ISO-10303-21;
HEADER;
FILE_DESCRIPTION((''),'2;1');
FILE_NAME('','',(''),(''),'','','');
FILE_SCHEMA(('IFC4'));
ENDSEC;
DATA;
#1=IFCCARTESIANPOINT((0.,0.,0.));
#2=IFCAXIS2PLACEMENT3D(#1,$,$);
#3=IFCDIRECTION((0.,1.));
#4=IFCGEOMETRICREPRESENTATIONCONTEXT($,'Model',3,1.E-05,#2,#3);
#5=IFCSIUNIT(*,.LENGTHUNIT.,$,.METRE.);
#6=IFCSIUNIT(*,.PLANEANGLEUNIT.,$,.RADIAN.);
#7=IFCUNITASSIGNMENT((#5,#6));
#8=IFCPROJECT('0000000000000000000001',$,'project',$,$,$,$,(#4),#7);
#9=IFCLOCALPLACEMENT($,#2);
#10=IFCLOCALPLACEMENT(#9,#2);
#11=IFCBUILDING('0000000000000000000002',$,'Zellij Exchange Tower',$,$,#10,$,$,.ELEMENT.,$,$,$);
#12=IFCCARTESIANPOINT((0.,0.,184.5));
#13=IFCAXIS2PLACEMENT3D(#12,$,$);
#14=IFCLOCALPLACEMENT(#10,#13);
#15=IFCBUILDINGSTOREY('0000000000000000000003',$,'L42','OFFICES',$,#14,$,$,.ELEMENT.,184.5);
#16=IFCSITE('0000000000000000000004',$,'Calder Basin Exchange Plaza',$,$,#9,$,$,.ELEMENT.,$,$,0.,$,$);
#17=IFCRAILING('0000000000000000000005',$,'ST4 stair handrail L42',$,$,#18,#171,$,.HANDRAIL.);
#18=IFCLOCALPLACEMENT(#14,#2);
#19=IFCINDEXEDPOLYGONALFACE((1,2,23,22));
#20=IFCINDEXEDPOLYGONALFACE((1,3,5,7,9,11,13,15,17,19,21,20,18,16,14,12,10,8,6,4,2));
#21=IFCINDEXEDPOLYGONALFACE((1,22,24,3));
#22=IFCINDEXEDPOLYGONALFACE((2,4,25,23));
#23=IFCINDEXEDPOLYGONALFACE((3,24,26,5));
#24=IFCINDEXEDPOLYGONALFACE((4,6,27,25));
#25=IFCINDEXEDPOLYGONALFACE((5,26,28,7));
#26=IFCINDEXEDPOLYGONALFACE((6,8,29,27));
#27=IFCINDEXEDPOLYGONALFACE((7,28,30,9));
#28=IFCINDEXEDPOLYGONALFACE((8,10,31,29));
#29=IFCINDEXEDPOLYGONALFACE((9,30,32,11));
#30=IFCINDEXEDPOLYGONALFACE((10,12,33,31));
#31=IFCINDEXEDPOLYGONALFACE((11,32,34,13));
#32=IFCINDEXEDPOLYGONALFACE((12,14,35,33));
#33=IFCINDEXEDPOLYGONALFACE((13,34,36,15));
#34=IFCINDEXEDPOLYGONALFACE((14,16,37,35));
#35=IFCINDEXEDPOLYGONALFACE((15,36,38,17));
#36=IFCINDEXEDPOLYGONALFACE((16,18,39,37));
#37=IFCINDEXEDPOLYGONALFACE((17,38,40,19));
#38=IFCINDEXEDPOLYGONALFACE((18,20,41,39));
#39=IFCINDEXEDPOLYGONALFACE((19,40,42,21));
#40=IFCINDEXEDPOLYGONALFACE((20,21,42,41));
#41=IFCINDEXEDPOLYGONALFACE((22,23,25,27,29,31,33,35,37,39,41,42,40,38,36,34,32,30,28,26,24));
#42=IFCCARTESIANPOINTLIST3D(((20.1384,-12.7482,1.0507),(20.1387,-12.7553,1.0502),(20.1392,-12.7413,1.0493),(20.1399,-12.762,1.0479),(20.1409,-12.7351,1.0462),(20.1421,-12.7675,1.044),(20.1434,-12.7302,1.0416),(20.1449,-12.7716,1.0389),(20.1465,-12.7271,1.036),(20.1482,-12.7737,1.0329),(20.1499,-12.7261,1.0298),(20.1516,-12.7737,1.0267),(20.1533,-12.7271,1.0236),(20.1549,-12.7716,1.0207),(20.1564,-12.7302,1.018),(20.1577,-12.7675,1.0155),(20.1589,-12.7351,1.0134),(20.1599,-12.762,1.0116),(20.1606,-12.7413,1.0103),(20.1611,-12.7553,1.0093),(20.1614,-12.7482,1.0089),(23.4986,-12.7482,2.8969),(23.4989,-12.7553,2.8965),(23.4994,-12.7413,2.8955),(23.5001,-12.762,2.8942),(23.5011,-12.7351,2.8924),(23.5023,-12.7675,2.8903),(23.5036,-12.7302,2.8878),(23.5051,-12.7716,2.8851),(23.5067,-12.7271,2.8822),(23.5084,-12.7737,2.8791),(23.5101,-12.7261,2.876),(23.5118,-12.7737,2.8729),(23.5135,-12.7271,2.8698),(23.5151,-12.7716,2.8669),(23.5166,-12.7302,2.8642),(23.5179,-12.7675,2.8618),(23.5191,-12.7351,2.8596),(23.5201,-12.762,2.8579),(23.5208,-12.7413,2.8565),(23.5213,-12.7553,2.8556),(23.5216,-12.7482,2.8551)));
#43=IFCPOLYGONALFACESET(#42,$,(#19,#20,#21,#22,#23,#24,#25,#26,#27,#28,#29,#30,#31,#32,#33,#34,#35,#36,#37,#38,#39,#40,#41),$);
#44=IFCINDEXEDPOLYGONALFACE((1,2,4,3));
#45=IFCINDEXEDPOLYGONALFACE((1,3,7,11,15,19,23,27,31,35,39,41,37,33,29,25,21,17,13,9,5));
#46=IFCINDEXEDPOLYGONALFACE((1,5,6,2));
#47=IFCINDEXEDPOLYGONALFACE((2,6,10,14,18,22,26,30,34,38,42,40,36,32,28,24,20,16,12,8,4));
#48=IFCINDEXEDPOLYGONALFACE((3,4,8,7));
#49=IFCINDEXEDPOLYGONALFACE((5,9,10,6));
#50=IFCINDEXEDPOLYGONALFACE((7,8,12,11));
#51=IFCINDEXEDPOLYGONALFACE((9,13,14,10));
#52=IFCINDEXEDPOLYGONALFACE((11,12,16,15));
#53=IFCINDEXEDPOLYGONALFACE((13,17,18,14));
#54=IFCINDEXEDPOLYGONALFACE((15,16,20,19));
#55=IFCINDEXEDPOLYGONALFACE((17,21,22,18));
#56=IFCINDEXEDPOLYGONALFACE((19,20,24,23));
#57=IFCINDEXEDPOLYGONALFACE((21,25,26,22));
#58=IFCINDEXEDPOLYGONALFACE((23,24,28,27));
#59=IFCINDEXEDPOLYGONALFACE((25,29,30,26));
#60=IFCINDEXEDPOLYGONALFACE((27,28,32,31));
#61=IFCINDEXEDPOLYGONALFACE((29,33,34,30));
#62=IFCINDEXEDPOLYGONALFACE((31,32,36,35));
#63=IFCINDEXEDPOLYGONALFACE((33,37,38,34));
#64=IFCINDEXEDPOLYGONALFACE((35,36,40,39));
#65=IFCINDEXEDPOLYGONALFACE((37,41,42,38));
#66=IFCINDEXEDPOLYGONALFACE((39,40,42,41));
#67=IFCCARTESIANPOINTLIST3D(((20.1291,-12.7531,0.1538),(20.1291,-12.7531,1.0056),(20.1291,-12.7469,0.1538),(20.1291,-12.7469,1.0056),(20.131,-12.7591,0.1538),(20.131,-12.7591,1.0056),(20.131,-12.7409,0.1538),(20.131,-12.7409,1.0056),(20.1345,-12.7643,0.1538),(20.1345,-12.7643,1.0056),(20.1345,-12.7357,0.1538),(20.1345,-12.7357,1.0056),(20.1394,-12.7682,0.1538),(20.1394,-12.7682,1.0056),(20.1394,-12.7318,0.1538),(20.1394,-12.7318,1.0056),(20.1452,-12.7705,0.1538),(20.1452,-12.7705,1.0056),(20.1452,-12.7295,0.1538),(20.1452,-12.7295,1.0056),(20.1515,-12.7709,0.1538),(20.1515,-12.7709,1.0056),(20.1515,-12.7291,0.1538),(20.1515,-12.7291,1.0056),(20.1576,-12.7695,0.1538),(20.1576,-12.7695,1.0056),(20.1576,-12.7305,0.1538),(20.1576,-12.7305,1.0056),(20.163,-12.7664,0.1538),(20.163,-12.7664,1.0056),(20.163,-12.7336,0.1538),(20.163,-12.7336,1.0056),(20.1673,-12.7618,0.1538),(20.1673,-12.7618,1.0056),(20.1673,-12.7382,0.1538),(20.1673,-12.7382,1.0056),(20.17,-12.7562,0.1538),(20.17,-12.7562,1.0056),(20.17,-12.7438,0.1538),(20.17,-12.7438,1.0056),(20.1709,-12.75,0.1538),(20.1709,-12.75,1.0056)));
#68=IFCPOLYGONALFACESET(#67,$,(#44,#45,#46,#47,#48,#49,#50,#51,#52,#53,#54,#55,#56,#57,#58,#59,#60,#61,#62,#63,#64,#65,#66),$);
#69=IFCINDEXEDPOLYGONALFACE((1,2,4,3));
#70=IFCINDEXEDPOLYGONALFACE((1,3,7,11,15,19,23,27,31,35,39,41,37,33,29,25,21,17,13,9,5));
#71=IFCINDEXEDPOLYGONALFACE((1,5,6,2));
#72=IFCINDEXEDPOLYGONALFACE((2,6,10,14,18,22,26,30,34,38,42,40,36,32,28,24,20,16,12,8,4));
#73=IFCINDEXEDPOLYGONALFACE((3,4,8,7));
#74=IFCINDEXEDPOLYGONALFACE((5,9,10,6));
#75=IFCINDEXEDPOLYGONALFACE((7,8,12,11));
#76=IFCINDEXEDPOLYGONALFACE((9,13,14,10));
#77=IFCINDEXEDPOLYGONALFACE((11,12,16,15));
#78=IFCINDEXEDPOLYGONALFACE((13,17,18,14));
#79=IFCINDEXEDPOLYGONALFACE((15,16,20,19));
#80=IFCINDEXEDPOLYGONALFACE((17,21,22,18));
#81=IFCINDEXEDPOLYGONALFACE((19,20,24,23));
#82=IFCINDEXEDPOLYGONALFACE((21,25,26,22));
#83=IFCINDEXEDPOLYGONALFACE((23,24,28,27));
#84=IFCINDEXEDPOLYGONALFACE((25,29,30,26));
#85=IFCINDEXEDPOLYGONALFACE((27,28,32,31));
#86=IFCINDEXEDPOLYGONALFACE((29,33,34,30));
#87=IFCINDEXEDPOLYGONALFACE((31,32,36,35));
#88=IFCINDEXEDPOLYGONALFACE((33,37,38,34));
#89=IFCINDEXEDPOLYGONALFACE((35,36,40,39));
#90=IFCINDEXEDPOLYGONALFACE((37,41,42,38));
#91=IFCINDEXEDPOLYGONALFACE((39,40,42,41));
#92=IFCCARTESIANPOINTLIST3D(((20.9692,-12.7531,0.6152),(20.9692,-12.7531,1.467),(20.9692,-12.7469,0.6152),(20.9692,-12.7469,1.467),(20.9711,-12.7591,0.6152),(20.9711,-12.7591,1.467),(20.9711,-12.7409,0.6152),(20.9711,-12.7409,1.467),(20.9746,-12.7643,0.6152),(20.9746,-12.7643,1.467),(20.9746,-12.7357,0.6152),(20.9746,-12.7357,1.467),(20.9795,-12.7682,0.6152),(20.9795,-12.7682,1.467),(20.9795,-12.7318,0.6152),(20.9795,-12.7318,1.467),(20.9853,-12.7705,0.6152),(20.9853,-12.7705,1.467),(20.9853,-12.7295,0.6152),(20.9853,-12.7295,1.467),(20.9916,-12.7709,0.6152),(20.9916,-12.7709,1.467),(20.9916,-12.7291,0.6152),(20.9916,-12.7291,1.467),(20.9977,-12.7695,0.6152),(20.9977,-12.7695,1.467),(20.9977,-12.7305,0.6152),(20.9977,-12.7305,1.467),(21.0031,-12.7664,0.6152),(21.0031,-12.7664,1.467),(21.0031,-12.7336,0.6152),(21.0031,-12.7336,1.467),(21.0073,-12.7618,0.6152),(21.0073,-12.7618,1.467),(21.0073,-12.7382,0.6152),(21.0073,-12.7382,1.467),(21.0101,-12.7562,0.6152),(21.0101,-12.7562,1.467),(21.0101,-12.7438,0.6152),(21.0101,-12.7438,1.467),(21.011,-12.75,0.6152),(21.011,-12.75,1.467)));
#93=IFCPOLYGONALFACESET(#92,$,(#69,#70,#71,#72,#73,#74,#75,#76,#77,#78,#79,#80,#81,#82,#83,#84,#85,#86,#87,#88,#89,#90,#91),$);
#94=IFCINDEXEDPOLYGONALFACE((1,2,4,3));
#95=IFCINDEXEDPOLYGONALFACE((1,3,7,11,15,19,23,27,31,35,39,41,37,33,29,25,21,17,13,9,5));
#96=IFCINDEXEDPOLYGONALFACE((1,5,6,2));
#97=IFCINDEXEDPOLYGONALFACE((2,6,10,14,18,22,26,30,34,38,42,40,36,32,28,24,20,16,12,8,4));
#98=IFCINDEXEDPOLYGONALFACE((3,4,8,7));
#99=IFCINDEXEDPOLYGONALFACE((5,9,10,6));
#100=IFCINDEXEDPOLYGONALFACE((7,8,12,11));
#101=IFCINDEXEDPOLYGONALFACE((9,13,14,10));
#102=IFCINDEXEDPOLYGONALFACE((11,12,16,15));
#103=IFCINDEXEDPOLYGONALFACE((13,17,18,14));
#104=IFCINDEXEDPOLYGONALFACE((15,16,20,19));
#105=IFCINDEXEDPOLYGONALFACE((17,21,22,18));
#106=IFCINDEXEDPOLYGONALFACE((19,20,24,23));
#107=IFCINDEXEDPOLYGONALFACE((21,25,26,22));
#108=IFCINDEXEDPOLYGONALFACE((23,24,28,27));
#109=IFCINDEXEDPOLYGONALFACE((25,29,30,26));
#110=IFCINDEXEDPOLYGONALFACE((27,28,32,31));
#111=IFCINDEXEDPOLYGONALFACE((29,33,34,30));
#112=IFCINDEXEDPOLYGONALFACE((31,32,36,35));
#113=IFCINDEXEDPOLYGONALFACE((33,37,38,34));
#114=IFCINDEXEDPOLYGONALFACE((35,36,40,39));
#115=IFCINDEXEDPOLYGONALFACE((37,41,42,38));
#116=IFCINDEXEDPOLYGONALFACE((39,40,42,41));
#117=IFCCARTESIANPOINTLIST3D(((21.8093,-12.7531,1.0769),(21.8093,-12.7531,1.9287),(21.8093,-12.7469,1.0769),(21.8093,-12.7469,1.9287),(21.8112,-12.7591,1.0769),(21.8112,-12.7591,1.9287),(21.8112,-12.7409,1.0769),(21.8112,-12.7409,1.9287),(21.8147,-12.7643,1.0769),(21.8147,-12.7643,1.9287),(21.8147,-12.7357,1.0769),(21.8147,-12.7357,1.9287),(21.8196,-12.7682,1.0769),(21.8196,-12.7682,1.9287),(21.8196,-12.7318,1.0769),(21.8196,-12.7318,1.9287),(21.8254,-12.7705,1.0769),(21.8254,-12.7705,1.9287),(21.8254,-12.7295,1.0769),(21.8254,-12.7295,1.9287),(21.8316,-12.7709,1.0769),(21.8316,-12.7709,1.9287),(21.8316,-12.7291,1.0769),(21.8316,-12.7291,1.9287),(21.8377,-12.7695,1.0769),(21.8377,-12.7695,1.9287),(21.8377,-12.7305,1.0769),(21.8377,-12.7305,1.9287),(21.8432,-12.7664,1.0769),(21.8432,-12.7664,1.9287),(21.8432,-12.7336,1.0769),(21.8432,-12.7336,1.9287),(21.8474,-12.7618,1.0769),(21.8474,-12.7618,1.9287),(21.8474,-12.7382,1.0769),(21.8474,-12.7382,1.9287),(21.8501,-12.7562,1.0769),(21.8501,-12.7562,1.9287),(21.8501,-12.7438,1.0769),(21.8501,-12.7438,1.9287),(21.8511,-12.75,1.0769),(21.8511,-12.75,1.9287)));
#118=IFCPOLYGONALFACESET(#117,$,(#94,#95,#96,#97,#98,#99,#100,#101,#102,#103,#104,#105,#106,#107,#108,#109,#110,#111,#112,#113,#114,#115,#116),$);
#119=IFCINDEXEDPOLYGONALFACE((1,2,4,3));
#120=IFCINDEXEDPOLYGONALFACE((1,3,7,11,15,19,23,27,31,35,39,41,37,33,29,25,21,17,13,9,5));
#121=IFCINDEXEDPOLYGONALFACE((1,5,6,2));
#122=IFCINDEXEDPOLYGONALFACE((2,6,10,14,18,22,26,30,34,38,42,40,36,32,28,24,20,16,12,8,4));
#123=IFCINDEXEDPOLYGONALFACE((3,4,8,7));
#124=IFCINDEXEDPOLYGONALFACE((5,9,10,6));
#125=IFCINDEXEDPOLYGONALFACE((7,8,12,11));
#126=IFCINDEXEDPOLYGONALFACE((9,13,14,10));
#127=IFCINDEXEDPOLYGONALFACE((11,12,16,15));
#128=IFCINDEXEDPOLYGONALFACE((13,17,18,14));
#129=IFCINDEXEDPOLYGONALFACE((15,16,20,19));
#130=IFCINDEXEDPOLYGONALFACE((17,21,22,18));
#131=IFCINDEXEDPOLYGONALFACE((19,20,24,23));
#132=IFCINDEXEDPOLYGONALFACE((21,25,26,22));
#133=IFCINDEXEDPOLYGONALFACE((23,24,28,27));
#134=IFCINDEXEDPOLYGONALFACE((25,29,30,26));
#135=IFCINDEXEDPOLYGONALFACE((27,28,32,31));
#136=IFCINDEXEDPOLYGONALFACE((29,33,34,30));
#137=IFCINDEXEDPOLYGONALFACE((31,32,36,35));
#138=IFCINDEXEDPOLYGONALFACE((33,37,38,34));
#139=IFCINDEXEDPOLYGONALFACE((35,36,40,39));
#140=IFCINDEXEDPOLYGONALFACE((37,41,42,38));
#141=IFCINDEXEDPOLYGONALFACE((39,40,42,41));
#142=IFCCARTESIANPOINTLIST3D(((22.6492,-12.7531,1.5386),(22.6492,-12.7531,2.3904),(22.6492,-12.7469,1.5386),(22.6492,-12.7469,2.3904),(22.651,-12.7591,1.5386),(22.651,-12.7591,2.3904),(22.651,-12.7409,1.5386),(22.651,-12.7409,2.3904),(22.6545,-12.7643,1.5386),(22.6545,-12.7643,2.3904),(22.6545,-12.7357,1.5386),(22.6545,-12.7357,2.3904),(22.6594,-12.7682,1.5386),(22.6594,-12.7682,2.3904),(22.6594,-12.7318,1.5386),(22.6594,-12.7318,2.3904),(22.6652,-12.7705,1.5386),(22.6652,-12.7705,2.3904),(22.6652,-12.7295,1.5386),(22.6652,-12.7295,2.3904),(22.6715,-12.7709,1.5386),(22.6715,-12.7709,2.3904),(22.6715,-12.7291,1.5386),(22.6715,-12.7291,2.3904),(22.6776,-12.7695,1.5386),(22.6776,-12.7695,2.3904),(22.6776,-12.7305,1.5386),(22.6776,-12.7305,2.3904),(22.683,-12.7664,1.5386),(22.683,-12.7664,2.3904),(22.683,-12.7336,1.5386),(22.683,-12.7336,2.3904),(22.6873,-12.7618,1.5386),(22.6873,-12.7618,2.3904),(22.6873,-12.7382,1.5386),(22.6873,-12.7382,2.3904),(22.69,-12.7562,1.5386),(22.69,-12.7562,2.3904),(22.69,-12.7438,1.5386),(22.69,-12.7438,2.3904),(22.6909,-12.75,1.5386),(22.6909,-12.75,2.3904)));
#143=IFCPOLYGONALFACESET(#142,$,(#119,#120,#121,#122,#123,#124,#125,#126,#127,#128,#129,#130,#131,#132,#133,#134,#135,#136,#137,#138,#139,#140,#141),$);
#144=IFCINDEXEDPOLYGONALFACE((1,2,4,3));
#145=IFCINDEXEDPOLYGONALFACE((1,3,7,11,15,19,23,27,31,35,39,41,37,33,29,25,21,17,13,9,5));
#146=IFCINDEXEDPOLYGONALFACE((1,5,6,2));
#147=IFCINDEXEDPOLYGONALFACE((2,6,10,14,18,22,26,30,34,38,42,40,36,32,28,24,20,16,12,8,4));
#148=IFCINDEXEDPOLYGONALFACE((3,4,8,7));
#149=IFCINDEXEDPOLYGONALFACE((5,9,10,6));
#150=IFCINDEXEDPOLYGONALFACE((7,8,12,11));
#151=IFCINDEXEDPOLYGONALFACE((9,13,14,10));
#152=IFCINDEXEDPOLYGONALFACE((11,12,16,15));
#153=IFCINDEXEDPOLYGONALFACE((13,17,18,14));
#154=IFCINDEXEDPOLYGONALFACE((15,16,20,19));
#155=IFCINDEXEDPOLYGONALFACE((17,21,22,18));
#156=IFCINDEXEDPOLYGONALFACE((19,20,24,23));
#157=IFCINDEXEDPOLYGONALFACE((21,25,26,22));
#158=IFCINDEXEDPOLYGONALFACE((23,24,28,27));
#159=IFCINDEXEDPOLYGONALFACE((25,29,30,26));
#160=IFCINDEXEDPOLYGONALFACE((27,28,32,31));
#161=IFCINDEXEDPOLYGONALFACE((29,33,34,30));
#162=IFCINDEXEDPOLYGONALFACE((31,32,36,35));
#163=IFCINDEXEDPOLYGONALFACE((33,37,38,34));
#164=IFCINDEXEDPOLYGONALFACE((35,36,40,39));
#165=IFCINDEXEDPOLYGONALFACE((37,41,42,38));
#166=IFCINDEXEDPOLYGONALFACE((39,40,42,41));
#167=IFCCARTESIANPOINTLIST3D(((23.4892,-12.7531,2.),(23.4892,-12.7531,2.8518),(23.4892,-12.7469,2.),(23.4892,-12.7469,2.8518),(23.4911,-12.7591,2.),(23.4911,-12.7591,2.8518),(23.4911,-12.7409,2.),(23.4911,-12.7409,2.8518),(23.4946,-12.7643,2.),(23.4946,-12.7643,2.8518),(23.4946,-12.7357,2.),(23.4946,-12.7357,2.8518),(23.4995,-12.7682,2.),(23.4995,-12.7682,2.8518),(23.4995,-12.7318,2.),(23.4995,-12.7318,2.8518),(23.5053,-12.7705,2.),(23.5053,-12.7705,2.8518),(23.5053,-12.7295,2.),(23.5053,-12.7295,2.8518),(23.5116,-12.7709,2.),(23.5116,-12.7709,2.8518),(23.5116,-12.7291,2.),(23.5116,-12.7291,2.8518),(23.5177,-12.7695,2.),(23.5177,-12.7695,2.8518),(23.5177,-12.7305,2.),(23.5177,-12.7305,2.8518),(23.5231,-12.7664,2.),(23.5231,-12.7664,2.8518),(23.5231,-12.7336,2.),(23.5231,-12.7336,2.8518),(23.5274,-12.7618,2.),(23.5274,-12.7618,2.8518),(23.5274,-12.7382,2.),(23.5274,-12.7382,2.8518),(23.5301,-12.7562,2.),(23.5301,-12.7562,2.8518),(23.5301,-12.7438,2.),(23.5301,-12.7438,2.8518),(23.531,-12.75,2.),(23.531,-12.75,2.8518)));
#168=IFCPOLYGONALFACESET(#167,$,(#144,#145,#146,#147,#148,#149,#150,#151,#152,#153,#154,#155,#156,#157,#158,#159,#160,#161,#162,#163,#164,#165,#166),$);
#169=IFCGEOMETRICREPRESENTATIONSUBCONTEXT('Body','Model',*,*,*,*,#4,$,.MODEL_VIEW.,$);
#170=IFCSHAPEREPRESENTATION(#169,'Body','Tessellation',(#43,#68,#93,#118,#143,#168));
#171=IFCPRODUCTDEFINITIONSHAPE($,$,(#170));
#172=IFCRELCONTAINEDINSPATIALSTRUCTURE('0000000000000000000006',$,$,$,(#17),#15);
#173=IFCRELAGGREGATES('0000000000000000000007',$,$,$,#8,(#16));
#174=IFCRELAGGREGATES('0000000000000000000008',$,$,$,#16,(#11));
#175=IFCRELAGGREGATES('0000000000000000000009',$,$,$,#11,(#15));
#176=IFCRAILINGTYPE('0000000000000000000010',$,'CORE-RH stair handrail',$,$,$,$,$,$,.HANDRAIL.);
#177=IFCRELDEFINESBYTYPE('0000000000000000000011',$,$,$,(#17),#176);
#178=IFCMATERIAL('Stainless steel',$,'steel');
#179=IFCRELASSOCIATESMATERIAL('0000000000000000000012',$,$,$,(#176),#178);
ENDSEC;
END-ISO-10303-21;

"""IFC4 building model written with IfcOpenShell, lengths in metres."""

from ifc_helpers import new_model, si_unit, direction, frame, origin, origin_2d, place, context, subcontext, project, spatial, circle, extrude, material, type_object, element, save


model = new_model("IFC4")

# Units and contexts
model_context = context("Model", 3, precision=1e-05, world=origin(), true_north=direction((0.0, 1.0)))
body_context = subcontext(model_context, "Body", "Model", "MODEL_VIEW")
ifc_project = project(units=[si_unit("LENGTHUNIT", "METRE"), si_unit("PLANEANGLEUNIT", "RADIAN")], contexts=[model_context])

# Site, building, storey
site_placement = place(None, origin())
site = spatial("IfcSite", under=ifc_project, at=site_placement, Name="Calder Basin Exchange Plaza", CompositionType="ELEMENT", RefElevation=0.0)
building_placement = place(site_placement, origin())
building = spatial("IfcBuilding", under=site, at=building_placement, Name="Zellij Exchange Tower", CompositionType="ELEMENT")
storey_placement = place(building_placement, frame((0.0, 0.0, 184.5)))
storey = spatial("IfcBuildingStorey", under=building, at=storey_placement, Name="L42", Description="OFFICES", CompositionType="ELEMENT", Elevation=184.5)

# Railing
ifc_material_1 = material(Name="Stainless steel", Category="steel")
railing_type_1 = type_object("IfcRailingType", Name="CORE-RH stair handrail", PredefinedType="HANDRAIL", material=ifc_material_1)
railing_1_placement = place(storey_placement, frame((20.1499, -12.75, 0.1538)))
element("IfcRailing", 1, at=railing_1_placement, inside=storey, type_object=railing_type_1, Name="ST4 stair handrail L42", PredefinedType="HANDRAIL", context=body_context, shape_type="SweptSolid", body=[
    extrude(circle(Radius=0.0239, at=origin_2d()), frame((0.0, 0.0, 0.876), z_axis=(0.876422, 0.0, 0.481545), x_axis=(0.0, 1.0, 0.0)), (0.0, 0.0, 1.0), 3.834),
    extrude(circle(Radius=0.021, at=origin_2d()), origin(), (0.0, 0.0, 1.0), 0.8518),
    extrude(circle(Radius=0.021, at=origin_2d()), frame((0.8401, 0.0, 0.4614)), (0.0, 0.0, 1.0), 0.8518),
    extrude(circle(Radius=0.021, at=origin_2d()), frame((1.6802, 0.0, 0.9231)), (0.0, 0.0, 1.0), 0.8518),
    extrude(circle(Radius=0.021, at=origin_2d()), frame((2.52, 0.0, 1.3848)), (0.0, 0.0, 1.0), 0.8518),
    extrude(circle(Radius=0.021, at=origin_2d()), frame((3.3601, 0.0, 1.8462)), (0.0, 0.0, 1.0), 0.8518),
])

save(model, "model.ifc")
